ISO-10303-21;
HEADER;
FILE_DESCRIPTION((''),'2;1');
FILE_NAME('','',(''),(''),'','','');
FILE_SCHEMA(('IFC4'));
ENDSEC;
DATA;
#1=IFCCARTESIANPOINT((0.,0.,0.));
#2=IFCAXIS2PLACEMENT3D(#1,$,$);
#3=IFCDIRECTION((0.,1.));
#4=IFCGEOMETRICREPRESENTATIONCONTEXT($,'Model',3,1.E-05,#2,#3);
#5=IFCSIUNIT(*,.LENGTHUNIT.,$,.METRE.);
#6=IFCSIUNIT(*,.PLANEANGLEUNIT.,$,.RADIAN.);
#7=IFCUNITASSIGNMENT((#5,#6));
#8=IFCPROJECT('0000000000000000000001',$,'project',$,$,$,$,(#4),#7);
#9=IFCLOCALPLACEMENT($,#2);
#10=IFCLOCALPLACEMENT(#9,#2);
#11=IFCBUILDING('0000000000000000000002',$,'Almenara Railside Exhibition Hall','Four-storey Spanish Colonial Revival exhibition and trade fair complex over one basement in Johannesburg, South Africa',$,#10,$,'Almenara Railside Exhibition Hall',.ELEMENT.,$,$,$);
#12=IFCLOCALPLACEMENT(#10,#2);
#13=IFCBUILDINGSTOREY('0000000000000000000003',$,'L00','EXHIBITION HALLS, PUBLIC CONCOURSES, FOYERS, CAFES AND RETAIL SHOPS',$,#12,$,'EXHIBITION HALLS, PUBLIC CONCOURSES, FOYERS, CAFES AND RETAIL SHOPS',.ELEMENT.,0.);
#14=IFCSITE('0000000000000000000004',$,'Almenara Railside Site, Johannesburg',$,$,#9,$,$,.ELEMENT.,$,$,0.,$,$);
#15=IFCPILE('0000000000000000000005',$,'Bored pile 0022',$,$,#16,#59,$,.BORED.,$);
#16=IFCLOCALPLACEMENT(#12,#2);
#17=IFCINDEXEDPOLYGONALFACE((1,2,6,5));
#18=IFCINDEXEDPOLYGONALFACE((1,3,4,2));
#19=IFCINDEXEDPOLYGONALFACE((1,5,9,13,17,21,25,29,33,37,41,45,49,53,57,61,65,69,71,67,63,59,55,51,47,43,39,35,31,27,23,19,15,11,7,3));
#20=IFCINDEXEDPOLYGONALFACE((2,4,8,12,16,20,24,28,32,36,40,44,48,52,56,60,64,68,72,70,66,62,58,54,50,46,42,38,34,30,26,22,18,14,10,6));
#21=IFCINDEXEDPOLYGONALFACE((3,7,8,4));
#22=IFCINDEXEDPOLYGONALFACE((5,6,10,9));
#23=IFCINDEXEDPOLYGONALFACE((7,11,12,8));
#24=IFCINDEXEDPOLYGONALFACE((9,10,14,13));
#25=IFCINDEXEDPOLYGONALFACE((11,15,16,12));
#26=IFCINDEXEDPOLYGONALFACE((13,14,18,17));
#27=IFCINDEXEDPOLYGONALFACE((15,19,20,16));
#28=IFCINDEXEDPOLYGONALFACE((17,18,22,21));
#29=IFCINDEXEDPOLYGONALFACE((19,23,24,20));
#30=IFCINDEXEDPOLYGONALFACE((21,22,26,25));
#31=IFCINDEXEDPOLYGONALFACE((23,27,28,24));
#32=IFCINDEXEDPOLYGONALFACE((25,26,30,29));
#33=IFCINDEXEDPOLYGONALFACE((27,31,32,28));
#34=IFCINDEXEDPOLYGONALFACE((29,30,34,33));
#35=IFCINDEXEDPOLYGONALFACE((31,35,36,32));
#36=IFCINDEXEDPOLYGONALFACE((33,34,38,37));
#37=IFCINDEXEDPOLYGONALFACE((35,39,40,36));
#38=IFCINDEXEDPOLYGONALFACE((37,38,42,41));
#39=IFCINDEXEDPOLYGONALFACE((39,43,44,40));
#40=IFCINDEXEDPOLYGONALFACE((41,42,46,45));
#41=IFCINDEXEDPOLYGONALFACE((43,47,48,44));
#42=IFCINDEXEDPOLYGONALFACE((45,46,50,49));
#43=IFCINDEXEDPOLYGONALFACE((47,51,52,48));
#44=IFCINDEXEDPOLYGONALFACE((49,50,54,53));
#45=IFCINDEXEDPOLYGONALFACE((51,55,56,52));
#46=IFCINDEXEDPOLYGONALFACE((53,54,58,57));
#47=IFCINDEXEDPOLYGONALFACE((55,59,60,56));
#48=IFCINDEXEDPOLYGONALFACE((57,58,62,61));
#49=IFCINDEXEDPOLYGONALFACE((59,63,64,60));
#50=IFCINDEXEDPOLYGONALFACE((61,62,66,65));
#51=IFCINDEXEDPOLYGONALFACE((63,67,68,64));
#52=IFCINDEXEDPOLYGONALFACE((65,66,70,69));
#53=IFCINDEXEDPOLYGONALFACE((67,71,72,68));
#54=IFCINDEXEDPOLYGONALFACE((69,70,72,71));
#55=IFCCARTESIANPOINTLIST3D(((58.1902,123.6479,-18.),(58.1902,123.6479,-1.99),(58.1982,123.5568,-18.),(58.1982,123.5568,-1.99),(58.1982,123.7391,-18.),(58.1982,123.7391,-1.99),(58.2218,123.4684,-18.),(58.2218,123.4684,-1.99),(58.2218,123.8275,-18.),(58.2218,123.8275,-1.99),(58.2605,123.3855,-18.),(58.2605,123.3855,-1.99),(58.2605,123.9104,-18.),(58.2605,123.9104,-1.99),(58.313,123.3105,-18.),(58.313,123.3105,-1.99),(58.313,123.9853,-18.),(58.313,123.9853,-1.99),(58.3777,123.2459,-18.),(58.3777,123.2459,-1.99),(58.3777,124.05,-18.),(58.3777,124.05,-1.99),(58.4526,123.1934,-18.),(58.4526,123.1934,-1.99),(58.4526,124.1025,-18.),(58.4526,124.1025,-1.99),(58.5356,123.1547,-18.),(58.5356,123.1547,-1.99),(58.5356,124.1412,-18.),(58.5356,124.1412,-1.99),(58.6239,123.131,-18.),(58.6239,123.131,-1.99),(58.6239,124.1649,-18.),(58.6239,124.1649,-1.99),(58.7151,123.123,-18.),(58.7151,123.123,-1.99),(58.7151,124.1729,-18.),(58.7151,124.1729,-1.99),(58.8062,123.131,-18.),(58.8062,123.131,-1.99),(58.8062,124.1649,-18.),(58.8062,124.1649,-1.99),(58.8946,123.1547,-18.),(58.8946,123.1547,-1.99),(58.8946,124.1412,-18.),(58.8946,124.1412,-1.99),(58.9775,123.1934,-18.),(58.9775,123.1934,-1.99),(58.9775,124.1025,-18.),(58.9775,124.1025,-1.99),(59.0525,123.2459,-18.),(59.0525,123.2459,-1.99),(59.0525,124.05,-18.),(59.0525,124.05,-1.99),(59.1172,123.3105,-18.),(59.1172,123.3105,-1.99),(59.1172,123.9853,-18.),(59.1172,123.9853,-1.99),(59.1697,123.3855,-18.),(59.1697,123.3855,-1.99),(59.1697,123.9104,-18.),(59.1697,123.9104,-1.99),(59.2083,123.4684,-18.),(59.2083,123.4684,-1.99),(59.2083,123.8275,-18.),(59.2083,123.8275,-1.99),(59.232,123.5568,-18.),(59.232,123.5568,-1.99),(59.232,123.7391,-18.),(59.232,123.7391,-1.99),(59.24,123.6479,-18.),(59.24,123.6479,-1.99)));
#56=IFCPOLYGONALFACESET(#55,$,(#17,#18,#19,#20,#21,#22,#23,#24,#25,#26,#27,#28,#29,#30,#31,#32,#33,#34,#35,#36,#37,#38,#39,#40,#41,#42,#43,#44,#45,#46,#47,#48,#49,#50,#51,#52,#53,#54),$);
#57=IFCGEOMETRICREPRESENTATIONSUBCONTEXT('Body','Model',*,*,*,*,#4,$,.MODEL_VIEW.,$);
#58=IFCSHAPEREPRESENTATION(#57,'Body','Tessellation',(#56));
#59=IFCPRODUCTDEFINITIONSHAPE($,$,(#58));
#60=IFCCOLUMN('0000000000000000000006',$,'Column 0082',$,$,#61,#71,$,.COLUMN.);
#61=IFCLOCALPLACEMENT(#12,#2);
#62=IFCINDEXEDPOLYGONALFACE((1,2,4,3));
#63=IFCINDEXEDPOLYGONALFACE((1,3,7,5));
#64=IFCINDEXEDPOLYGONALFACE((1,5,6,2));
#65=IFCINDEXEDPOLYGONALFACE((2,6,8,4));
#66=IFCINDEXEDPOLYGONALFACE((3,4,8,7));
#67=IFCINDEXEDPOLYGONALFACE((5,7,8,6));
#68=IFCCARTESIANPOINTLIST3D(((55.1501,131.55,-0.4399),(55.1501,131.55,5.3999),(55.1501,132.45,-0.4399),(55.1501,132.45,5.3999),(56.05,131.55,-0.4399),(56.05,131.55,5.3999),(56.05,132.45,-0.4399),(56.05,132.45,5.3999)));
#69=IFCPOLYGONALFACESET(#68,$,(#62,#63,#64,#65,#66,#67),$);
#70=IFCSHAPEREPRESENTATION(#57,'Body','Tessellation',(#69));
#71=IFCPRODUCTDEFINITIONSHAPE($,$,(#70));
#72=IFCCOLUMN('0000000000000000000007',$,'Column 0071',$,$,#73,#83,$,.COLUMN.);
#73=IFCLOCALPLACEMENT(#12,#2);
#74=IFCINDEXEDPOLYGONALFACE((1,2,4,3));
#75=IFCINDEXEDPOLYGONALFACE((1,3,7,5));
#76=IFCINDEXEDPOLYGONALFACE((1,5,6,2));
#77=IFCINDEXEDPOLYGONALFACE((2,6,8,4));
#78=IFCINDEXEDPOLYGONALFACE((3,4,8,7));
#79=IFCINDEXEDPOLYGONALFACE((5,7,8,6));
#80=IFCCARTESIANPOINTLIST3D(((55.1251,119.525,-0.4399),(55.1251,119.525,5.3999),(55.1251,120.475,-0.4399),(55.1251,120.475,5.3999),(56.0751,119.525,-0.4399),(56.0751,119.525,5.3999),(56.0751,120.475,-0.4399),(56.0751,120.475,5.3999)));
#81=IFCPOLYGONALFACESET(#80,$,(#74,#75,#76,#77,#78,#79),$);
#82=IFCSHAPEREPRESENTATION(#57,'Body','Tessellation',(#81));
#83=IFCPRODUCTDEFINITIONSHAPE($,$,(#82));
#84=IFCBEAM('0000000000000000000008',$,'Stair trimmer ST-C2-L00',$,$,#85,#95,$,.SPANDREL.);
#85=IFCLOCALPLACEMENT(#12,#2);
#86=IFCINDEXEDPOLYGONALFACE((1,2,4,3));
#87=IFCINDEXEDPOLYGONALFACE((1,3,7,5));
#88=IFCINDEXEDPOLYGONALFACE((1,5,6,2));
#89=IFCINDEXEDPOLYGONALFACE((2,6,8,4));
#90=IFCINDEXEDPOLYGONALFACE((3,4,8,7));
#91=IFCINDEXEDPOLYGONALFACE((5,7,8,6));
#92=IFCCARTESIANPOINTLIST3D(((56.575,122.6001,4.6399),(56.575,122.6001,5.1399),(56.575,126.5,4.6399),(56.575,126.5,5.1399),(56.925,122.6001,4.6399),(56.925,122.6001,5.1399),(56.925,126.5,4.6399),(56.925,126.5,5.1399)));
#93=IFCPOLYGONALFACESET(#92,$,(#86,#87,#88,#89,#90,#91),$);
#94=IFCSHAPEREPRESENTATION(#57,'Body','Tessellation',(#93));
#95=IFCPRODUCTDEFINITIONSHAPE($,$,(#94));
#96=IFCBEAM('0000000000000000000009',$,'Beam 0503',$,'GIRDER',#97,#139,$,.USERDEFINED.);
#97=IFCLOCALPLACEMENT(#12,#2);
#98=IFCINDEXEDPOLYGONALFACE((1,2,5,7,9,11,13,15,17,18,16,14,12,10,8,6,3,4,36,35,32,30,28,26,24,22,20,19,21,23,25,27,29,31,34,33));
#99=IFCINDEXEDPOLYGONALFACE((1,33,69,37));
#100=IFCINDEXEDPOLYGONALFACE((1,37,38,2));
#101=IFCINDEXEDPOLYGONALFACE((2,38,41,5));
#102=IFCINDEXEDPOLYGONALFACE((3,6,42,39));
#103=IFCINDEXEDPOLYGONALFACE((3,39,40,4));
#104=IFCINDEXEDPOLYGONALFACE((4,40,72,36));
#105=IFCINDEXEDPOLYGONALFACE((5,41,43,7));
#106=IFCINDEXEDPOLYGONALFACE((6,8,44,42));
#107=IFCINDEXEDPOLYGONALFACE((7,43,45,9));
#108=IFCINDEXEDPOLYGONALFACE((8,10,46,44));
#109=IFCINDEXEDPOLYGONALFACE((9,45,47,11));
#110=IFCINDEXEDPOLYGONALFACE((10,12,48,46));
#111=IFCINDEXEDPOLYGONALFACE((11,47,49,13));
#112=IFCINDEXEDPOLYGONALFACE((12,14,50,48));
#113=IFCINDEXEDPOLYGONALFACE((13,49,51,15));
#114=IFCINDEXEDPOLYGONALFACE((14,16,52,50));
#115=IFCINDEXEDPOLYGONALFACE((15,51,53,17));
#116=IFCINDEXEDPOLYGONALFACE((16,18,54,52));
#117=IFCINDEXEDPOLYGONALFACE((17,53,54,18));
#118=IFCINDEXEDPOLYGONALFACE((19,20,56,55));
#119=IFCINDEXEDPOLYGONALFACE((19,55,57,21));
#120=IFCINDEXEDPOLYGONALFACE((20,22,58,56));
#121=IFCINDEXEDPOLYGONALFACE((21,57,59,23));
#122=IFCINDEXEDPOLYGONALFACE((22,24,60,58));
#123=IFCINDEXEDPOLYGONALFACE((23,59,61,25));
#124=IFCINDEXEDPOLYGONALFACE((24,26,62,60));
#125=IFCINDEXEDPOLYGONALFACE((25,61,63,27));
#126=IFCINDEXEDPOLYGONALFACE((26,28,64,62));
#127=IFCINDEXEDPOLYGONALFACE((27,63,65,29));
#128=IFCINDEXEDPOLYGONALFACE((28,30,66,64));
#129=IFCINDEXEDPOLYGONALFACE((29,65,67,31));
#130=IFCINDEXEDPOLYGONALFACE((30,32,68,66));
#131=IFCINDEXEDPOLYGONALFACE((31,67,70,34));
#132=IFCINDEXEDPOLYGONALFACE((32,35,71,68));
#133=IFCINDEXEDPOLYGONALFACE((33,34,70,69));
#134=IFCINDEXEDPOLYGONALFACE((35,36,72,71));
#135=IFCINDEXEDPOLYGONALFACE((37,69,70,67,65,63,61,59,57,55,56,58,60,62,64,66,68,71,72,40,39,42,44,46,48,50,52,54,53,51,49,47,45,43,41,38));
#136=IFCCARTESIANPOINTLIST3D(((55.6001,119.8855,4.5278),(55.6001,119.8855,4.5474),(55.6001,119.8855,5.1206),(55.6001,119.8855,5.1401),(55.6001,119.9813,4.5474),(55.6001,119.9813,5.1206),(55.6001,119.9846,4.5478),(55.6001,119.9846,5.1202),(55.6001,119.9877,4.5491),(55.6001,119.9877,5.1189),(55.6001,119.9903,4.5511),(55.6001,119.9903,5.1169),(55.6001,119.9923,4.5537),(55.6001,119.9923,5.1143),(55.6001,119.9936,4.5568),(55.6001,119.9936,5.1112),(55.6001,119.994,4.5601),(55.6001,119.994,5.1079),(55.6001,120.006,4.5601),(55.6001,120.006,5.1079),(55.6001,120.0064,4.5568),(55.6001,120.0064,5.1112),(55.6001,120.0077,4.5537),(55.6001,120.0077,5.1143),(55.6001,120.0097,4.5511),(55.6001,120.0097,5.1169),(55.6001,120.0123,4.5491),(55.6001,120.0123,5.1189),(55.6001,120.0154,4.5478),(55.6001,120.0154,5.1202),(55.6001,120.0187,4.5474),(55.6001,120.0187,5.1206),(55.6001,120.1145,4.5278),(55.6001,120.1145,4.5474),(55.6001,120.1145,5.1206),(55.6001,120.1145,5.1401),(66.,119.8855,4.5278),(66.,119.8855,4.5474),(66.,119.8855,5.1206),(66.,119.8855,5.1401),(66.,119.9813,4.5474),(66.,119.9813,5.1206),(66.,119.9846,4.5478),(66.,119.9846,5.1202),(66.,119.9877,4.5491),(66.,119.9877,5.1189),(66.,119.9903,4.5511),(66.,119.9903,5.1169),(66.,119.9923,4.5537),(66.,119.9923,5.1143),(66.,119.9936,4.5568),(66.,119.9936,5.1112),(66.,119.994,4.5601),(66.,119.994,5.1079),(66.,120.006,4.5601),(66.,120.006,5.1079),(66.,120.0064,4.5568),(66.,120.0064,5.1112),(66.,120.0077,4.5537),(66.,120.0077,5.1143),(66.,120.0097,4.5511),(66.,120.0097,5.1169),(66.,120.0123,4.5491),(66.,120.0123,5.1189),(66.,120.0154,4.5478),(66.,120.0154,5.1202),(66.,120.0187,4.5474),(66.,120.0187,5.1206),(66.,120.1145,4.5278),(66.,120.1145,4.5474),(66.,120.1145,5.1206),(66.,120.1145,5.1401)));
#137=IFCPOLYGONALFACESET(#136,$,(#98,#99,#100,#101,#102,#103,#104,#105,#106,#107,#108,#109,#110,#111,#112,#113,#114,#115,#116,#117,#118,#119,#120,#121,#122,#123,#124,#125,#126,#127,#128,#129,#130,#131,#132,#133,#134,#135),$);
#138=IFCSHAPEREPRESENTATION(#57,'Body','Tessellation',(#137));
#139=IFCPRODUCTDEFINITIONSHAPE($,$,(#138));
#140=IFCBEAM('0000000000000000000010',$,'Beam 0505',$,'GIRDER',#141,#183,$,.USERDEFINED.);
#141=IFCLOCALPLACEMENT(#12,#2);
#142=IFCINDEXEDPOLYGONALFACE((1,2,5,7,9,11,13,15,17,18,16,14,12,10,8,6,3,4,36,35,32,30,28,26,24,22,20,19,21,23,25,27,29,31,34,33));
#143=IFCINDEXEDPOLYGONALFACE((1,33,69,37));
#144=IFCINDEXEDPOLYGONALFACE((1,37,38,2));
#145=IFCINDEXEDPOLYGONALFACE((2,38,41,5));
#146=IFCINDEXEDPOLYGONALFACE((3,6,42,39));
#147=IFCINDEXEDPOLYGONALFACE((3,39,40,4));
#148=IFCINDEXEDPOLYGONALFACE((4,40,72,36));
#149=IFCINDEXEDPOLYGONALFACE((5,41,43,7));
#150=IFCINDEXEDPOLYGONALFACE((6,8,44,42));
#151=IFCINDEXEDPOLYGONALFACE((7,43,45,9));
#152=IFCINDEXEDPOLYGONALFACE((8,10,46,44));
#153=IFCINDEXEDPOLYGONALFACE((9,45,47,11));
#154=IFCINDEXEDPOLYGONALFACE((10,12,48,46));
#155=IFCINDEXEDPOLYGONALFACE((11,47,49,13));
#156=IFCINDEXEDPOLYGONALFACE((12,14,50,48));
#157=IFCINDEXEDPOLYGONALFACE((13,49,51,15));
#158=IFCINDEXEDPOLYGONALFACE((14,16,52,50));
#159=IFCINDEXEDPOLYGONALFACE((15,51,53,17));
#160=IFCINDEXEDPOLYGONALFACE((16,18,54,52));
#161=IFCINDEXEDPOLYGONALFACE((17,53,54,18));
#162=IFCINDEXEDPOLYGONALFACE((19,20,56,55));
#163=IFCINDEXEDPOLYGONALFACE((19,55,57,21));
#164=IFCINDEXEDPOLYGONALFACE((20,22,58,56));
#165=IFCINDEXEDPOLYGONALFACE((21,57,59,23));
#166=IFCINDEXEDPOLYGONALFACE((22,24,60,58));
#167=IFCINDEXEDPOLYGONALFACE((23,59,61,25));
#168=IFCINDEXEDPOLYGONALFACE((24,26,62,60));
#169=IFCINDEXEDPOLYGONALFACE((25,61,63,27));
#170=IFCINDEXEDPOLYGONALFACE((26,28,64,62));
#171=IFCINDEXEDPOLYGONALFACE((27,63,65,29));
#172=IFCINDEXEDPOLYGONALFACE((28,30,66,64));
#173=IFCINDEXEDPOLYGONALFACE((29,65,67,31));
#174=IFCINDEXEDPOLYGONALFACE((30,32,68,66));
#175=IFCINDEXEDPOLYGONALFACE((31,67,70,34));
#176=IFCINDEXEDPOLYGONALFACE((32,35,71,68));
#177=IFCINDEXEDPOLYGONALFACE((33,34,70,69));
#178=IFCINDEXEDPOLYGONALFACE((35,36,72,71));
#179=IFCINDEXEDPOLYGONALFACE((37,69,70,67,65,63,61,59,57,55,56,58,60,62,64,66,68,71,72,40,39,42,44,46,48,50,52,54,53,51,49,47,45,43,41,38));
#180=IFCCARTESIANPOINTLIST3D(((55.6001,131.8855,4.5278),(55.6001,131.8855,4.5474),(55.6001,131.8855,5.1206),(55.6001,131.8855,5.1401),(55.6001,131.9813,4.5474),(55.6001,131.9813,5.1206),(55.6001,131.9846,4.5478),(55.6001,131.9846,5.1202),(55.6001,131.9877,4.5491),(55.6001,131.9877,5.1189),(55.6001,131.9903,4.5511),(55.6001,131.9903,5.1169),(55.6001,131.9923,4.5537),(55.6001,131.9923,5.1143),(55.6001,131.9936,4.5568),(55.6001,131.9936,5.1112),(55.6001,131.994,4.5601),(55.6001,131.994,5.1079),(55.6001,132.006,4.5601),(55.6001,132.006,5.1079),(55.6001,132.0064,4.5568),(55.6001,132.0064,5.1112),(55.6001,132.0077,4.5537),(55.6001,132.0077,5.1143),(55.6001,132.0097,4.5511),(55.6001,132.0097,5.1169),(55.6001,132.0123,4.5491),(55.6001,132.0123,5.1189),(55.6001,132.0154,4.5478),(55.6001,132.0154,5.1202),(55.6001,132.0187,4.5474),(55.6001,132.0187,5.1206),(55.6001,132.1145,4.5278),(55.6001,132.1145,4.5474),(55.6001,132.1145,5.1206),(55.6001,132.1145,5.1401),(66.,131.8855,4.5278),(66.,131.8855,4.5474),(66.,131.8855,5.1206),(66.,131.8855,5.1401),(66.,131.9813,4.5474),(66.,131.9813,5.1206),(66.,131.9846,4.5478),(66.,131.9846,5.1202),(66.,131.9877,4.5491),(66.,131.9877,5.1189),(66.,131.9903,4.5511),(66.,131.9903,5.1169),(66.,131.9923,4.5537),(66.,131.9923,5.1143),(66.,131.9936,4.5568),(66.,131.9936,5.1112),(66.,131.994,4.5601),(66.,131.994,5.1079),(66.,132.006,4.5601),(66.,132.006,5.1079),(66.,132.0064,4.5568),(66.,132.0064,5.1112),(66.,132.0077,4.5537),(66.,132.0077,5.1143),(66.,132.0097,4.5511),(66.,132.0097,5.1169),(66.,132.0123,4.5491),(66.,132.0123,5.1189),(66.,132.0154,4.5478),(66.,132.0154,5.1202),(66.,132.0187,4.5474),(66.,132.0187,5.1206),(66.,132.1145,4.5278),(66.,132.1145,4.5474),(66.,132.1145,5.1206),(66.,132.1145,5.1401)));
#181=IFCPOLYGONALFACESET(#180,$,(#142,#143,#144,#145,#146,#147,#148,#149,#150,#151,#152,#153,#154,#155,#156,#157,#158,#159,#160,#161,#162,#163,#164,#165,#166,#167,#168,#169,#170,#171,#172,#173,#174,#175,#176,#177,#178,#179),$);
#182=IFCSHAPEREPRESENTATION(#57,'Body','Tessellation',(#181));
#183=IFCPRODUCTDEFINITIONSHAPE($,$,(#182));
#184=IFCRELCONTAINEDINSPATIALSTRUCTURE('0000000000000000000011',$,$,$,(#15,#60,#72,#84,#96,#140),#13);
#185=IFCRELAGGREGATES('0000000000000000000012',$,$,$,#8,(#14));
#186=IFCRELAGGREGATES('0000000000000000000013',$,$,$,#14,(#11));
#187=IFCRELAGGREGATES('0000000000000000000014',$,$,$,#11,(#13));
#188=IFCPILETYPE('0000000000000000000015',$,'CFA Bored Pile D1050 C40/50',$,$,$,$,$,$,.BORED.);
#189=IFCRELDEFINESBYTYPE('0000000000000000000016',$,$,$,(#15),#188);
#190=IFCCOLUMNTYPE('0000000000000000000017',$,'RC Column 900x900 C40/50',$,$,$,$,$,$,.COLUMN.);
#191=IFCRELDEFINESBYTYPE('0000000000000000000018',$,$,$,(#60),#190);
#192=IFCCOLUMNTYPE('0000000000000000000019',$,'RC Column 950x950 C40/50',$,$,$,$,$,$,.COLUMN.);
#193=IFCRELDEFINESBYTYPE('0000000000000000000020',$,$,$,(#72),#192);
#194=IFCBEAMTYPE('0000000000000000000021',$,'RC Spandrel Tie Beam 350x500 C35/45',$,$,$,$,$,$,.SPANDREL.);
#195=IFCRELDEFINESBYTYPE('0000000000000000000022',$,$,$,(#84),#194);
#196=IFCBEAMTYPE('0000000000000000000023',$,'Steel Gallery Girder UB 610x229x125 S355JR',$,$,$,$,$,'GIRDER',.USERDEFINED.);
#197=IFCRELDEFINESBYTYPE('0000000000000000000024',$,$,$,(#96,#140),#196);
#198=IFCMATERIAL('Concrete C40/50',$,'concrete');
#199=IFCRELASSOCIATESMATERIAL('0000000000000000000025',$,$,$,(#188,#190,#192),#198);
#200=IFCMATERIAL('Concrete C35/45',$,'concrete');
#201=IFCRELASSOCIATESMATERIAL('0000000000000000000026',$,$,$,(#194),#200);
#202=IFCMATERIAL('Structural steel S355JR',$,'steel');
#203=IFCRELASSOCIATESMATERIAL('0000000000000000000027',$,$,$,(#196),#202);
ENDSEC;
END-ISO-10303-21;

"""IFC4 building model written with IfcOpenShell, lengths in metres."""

from ifc_helpers import new_model, si_unit, direction, frame, origin, origin_2d, place, context, subcontext, project, spatial, rectangle, circle, i_section, extrude, material, material_profile, profile_set, type_object, element, save


model = new_model("IFC4")

# Units and contexts
model_context = context("Model", 3, precision=1e-05, world=origin(), true_north=direction((0.0, 1.0)))
body_context = subcontext(model_context, "Body", "Model", "MODEL_VIEW")
ifc_project = project(units=[si_unit("LENGTHUNIT", "METRE"), si_unit("PLANEANGLEUNIT", "RADIAN")], contexts=[model_context])

# Site, building, storey
site_placement = place(None, origin())
site = spatial("IfcSite", under=ifc_project, at=site_placement, Name="Almenara Railside Site, Johannesburg", CompositionType="ELEMENT", RefElevation=0.0)
building_placement = place(site_placement, origin())
building = spatial("IfcBuilding", under=site, at=building_placement, Name="Almenara Railside Exhibition Hall", Description="Four-storey Spanish Colonial Revival exhibition and trade fair complex over one basement in Johannesburg, South Africa", LongName="Almenara Railside Exhibition Hall", CompositionType="ELEMENT")
storey_placement = place(building_placement, origin())
storey = spatial("IfcBuildingStorey", under=building, at=storey_placement, Name="L00", Description="EXHIBITION HALLS, PUBLIC CONCOURSES, FOYERS, CAFES AND RETAIL SHOPS", LongName="EXHIBITION HALLS, PUBLIC CONCOURSES, FOYERS, CAFES AND RETAIL SHOPS", CompositionType="ELEMENT", Elevation=0.0)

# Pile
ifc_material_1 = material(Name="Concrete C40/50", Category="concrete")
ifc_material_profile_1 = material_profile(ifc_material_1, circle(Radius=0.5249, at=origin_2d()), Name="CFA-PILE D1050")
ifc_profile_set_1 = profile_set([ifc_material_profile_1], Name="Concrete C40/50")
pile_type = type_object("IfcPileType", Name="CFA Bored Pile D1050 C40/50", PredefinedType="BORED", material=ifc_profile_set_1)
pile_placement = place(storey_placement, frame((58.7151, 123.6479, -1.99), z_axis=(0.0, 0.0, -1.0), x_axis=(1.0, 0.0, 0.0)))
element("IfcPile", 1, at=pile_placement, inside=storey, type_object=pile_type, Name="Bored pile 0022", PredefinedType="BORED", context=body_context, shape_type="SweptSolid", body=[
    extrude(circle(Radius=0.5249, at=origin_2d()), origin(), (0.0, 0.0, 1.0), 16.01),
])

# Columns
ifc_material_profile_2 = material_profile(ifc_material_1, rectangle(XDim=0.8999, YDim=0.8999, at=origin_2d()), Name="RC 900x900")
ifc_profile_set_2 = profile_set([ifc_material_profile_2], Name="Concrete C40/50")
column_type_1 = type_object("IfcColumnType", Name="RC Column 900x900 C40/50", PredefinedType="COLUMN", material=ifc_profile_set_2)
column_1_placement = place(storey_placement, frame((55.6001, 132.0, -0.4399), z_axis=(0.0, 0.0, 1.0), x_axis=(1.0, 0.0, 0.0)))
element("IfcColumn", 2, at=column_1_placement, inside=storey, type_object=column_type_1, Name="Column 0082", PredefinedType="COLUMN", context=body_context, shape_type="SweptSolid", body=[
    extrude(rectangle(XDim=0.8999, YDim=0.8999, at=origin_2d()), origin(), (0.0, 0.0, 1.0), 5.8398),
])
ifc_material_profile_3 = material_profile(ifc_material_1, rectangle(XDim=0.95, YDim=0.95, at=origin_2d()), Name="RC 950x950")
ifc_profile_set_3 = profile_set([ifc_material_profile_3], Name="Concrete C40/50")
column_type_2 = type_object("IfcColumnType", Name="RC Column 950x950 C40/50", PredefinedType="COLUMN", material=ifc_profile_set_3)
column_2_placement = place(storey_placement, frame((55.6001, 120.0, -0.4399), z_axis=(0.0, 0.0, 1.0), x_axis=(1.0, 0.0, 0.0)))
element("IfcColumn", 3, at=column_2_placement, inside=storey, type_object=column_type_2, Name="Column 0071", PredefinedType="COLUMN", context=body_context, shape_type="SweptSolid", body=[
    extrude(rectangle(XDim=0.95, YDim=0.95, at=origin_2d()), origin(), (0.0, 0.0, 1.0), 5.8398),
])

# Beams
ifc_material_2 = material(Name="Concrete C35/45", Category="concrete")
ifc_material_profile_4 = material_profile(ifc_material_2, rectangle(XDim=0.3501, YDim=0.5, at=origin_2d()), Name="RC 350x500")
ifc_profile_set_4 = profile_set([ifc_material_profile_4], Name="Concrete C35/45")
beam_type_1 = type_object("IfcBeamType", Name="RC Spandrel Tie Beam 350x500 C35/45", PredefinedType="SPANDREL", material=ifc_profile_set_4)
beam_1_placement = place(storey_placement, frame((56.75, 122.6001, 4.8899), z_axis=(0.0, 1.0, 0.0), x_axis=(-1.0, 0.0, 0.0)))
element("IfcBeam", 4, at=beam_1_placement, inside=storey, type_object=beam_type_1, Name="Stair trimmer ST-C2-L00", PredefinedType="SPANDREL", context=body_context, shape_type="SweptSolid", body=[
    extrude(rectangle(XDim=0.3501, YDim=0.5, at=origin_2d()), origin(), (0.0, 0.0, 1.0), 3.8999),
])
ifc_material_3 = material(Name="Structural steel S355JR", Category="steel")
ifc_material_profile_5 = material_profile(ifc_material_3, i_section(OverallWidth=0.229, OverallDepth=0.6123, WebThickness=0.012, FlangeThickness=0.0195, FilletRadius=0.0127, at=origin_2d()), Name="UB 610x229x125")
ifc_profile_set_5 = profile_set([ifc_material_profile_5], Name="Structural steel S355JR")
beam_type_2 = type_object("IfcBeamType", Name="Steel Gallery Girder UB 610x229x125 S355JR", ElementType="GIRDER", PredefinedType="USERDEFINED", material=ifc_profile_set_5)
for number, where, z_axis, x_axis, name in (
    (5, (55.6001, 120.0, 4.834), (1.0, 0.0, 0.0), (0.0, 1.0, 0.0), "Beam 0503"),
    (6, (55.6001, 132.0, 4.834), (1.0, 0.0, 0.0), (0.0, 1.0, 0.0), "Beam 0505"),
):
    element("IfcBeam", number, at=place(storey_placement, frame(where, z_axis=z_axis, x_axis=x_axis)), inside=storey, type_object=beam_type_2, Name=name, ObjectType="GIRDER", PredefinedType="USERDEFINED", context=body_context, shape_type="SweptSolid", body=[
        extrude(i_section(OverallWidth=0.229, OverallDepth=0.6123, WebThickness=0.012, FlangeThickness=0.0195, FilletRadius=0.0127, at=origin_2d()), origin(), (0.0, 0.0, 1.0), 10.3999),
    ])

save(model, "model.ifc")
